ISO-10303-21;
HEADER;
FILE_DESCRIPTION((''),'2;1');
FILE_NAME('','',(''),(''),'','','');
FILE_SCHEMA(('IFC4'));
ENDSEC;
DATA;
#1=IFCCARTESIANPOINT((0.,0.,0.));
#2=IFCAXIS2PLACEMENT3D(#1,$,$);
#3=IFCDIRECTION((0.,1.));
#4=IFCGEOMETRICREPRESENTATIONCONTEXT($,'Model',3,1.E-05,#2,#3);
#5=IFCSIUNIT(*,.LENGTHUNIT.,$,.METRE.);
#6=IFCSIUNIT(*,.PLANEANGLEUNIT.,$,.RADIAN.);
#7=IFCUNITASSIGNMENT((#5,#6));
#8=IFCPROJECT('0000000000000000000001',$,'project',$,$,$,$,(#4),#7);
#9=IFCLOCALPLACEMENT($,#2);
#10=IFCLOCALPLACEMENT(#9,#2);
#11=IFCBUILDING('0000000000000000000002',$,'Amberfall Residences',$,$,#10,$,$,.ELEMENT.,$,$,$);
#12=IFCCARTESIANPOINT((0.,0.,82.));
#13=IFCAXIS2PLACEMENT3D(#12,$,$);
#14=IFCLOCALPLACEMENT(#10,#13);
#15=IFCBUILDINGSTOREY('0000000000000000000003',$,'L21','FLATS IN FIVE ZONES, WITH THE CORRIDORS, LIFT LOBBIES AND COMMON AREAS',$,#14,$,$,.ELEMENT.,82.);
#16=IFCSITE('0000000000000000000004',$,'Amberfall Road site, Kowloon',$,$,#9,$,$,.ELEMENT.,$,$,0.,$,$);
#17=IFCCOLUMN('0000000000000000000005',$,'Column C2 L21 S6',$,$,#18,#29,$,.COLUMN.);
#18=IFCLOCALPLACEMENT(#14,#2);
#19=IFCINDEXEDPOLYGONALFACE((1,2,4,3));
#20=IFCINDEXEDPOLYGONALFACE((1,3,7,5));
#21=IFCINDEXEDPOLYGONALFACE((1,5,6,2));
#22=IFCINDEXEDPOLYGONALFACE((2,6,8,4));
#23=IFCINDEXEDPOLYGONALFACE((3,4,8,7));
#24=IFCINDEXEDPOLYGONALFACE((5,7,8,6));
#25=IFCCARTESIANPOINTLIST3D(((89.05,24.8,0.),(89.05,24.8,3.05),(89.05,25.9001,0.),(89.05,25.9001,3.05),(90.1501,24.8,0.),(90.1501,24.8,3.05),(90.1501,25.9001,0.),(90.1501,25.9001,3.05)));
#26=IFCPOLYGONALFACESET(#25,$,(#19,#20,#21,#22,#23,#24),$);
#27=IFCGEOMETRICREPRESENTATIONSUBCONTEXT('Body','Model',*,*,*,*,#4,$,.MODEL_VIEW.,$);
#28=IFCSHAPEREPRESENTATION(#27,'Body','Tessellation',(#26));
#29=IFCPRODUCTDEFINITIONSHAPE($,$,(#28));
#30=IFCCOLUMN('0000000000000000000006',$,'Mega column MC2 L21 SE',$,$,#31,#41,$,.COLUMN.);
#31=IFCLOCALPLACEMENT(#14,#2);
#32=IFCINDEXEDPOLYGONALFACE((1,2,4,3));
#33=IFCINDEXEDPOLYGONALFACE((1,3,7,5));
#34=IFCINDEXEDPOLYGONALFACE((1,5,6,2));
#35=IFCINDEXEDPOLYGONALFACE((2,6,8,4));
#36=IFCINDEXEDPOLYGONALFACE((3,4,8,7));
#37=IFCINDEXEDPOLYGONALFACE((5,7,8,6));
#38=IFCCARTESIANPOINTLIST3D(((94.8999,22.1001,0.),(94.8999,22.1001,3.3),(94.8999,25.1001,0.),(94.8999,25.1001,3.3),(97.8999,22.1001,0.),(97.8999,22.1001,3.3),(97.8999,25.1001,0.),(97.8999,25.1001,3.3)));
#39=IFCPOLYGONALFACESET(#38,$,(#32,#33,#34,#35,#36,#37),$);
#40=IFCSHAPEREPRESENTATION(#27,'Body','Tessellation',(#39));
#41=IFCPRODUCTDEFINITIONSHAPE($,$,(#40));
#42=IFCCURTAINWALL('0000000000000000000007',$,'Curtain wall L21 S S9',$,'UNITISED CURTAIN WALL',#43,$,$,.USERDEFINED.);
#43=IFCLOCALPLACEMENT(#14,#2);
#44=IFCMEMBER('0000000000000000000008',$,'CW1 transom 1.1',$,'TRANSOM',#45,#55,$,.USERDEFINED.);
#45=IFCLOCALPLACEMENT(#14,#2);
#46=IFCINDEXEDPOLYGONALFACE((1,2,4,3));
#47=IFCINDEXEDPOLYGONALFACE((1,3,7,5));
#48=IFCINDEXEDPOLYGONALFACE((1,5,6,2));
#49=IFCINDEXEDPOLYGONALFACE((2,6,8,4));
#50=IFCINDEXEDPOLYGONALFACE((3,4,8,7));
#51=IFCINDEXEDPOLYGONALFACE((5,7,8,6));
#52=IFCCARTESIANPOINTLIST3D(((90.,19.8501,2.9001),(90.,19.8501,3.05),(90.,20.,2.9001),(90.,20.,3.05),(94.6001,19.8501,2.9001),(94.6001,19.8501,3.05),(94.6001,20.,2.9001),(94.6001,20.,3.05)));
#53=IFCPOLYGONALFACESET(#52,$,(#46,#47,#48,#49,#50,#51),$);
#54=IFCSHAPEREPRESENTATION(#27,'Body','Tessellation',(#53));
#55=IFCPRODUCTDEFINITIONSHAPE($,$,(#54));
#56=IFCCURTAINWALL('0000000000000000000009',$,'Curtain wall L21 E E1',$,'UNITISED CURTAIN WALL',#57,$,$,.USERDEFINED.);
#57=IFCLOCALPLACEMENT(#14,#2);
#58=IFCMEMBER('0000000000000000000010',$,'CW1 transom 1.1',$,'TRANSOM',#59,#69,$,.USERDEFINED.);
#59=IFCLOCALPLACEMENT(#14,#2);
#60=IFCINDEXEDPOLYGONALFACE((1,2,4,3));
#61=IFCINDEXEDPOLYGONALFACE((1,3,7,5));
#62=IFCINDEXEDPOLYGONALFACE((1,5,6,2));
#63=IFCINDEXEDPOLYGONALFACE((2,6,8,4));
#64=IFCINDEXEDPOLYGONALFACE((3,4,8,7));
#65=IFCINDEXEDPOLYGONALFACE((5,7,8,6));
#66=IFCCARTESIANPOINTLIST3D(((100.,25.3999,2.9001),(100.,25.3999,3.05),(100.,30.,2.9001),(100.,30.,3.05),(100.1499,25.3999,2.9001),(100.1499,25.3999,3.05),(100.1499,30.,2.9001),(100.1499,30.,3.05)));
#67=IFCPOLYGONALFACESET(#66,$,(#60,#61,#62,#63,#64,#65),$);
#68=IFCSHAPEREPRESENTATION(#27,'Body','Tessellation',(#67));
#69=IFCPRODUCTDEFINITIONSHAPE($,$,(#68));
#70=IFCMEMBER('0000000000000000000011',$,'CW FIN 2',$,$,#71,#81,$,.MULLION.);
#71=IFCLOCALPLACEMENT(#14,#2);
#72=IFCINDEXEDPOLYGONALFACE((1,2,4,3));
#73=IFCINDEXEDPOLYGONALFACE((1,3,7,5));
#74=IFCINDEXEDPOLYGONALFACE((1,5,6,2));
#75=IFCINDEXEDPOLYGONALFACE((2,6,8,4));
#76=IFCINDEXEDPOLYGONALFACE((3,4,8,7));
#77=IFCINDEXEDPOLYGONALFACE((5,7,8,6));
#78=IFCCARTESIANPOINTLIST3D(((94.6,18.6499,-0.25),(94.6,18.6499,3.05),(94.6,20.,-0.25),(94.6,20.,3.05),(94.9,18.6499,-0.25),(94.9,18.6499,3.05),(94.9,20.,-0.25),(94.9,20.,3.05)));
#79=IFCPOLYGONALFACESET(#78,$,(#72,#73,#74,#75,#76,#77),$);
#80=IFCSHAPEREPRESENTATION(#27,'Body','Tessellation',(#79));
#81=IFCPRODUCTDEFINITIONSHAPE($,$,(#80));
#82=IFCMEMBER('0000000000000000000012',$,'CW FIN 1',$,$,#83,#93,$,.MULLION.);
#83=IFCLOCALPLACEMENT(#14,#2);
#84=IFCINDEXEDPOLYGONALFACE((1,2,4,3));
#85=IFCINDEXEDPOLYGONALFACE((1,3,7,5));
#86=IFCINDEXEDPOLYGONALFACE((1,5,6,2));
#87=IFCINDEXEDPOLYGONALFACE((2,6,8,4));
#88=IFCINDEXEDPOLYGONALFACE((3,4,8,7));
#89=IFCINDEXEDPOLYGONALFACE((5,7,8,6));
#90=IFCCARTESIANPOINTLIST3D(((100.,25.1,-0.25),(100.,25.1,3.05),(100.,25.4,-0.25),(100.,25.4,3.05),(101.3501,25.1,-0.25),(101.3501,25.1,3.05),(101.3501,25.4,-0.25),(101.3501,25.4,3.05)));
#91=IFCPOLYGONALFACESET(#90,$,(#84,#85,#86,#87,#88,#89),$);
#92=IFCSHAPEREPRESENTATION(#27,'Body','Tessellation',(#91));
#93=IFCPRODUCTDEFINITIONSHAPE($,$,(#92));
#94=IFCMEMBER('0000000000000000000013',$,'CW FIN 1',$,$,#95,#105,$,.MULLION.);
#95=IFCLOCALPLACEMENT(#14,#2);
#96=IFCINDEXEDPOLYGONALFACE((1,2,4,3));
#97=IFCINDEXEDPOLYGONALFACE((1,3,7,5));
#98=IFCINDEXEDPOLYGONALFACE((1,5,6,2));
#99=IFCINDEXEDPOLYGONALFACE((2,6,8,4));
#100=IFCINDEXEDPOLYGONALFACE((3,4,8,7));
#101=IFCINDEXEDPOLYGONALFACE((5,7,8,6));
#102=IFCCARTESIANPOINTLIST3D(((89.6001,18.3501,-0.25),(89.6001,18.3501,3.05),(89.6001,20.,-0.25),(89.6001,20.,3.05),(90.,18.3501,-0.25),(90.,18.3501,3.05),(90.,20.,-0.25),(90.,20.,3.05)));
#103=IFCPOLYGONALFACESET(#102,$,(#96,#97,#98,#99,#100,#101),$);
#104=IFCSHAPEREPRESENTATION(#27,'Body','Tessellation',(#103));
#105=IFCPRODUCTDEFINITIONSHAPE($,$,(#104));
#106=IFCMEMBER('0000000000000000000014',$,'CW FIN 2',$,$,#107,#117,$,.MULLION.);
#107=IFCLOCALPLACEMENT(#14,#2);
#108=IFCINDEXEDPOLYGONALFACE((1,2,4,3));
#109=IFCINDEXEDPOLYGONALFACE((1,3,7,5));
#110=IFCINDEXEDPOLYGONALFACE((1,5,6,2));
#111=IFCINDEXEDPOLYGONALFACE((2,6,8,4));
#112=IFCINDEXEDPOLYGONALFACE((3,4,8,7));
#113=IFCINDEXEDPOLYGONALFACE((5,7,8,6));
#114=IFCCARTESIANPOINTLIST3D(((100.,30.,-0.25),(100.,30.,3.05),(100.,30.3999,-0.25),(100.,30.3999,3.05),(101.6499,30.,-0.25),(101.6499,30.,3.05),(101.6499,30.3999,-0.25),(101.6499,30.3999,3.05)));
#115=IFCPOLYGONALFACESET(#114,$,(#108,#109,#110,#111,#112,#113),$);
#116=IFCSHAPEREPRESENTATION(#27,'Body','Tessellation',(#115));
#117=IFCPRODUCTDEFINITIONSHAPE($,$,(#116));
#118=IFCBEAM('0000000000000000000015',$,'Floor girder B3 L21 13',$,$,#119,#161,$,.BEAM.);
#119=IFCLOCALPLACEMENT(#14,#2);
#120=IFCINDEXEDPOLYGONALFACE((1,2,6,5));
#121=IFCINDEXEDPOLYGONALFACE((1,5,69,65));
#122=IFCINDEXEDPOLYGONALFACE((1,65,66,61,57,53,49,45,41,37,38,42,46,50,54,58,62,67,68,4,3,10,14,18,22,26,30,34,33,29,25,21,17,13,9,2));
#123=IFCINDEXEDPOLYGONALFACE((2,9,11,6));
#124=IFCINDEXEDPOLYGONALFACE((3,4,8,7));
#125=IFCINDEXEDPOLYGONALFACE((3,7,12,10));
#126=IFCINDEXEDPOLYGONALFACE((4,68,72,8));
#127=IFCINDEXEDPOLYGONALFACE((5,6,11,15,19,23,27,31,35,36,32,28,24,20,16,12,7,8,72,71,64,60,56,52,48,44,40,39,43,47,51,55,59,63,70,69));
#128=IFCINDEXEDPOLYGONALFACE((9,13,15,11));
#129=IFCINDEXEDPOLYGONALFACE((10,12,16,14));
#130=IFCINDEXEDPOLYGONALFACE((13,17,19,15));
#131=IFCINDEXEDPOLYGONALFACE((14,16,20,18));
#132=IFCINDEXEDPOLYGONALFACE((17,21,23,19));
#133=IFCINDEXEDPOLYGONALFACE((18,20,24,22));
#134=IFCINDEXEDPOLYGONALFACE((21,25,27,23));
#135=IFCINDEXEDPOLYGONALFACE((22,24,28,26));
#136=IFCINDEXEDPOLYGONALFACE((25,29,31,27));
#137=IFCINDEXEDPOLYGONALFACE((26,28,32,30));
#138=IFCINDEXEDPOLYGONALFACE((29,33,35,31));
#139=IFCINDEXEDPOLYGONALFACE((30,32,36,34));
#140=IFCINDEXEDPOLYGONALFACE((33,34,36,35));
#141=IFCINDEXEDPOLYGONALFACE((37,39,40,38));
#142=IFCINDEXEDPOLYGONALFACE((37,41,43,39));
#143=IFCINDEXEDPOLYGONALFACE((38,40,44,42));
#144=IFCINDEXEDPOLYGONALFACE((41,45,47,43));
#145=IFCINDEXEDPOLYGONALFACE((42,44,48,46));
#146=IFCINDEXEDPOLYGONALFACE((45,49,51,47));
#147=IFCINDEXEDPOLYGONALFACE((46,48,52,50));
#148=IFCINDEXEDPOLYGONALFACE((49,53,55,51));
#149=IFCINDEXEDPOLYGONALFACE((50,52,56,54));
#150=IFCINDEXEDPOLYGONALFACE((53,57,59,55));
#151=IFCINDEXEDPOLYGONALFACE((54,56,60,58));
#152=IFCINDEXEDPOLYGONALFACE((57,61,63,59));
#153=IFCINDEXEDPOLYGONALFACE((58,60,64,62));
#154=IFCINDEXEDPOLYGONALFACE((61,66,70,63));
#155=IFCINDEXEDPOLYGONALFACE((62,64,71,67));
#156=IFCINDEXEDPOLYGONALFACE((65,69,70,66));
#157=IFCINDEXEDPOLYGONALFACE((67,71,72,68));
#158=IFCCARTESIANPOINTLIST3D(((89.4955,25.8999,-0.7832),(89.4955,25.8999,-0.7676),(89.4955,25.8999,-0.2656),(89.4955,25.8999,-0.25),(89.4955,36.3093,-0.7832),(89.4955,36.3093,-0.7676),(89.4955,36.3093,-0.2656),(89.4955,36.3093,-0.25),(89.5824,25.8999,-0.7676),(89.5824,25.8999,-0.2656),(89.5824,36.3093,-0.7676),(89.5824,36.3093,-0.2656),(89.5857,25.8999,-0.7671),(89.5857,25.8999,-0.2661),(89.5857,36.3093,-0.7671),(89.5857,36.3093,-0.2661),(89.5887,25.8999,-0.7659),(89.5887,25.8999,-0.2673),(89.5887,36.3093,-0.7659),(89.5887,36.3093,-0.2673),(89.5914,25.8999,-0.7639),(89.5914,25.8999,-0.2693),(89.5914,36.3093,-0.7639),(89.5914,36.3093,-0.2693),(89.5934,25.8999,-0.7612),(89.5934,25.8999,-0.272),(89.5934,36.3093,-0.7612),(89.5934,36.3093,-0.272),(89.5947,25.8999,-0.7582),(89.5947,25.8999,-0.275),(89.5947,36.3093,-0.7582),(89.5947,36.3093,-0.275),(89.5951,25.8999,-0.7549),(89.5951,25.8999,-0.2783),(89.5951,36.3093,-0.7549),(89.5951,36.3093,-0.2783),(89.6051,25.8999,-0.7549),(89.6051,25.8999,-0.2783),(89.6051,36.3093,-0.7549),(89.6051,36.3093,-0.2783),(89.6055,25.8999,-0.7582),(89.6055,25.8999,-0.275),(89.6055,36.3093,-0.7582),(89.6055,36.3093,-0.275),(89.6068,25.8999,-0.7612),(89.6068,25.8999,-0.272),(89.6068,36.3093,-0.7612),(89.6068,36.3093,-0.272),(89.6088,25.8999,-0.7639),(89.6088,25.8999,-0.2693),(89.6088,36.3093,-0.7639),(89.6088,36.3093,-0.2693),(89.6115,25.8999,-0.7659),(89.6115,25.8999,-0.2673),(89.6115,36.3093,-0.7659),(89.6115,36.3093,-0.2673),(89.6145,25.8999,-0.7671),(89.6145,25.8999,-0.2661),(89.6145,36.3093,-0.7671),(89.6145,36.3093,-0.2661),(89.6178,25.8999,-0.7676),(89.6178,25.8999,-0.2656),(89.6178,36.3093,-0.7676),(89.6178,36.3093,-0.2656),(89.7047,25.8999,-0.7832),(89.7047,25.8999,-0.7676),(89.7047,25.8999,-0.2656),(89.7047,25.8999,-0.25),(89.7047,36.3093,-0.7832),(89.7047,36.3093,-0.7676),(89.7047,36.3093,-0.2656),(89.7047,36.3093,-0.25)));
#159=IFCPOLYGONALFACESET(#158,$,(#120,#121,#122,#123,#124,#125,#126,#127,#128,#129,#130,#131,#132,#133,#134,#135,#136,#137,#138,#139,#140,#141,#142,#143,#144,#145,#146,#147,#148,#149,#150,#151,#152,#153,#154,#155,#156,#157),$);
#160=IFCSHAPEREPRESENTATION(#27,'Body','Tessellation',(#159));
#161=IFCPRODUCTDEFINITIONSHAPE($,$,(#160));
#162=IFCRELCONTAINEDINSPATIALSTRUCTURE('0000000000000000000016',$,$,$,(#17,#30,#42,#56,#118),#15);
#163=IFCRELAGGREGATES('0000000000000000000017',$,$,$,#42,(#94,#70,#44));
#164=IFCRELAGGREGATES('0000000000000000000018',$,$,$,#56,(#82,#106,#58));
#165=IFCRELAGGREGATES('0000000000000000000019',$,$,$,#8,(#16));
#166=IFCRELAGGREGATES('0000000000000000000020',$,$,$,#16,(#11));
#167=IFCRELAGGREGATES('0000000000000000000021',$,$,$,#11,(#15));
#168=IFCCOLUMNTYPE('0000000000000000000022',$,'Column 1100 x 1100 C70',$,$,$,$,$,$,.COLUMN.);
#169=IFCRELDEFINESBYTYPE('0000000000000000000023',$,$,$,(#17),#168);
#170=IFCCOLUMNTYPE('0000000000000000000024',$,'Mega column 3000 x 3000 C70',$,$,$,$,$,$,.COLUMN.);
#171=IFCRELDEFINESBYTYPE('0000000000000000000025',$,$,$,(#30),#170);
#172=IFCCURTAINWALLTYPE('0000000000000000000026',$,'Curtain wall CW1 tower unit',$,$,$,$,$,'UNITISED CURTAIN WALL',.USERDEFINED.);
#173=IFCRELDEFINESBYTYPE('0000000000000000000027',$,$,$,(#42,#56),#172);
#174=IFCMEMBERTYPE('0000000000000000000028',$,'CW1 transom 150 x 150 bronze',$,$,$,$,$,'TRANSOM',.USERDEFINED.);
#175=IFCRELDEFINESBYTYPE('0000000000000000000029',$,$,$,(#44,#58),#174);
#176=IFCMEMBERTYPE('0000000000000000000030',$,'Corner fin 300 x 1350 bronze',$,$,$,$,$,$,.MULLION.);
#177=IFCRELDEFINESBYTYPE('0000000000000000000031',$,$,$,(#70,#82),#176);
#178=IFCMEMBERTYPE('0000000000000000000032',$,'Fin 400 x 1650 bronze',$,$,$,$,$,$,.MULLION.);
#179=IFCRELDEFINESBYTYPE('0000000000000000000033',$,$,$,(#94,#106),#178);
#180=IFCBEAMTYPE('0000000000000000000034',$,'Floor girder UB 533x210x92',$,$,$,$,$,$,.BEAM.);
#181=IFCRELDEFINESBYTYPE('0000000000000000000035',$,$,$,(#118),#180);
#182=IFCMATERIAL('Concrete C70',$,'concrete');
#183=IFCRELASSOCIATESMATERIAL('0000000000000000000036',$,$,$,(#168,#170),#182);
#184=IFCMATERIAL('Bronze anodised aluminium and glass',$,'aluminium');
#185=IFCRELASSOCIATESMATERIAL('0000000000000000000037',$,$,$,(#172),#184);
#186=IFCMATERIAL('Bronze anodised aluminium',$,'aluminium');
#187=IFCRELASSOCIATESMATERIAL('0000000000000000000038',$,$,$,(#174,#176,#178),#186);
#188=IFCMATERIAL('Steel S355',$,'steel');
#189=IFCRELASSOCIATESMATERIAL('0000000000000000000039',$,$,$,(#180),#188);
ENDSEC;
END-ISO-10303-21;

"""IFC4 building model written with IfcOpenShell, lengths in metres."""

from ifc_helpers import new_model, si_unit, direction, frame, origin, origin_2d, place, context, subcontext, project, spatial, rectangle, i_section, extrude, material, material_profile, profile_set, type_object, element, aggregate, save


model = new_model("IFC4")

# Units and contexts
model_context = context("Model", 3, precision=1e-05, world=origin(), true_north=direction((0.0, 1.0)))
body_context = subcontext(model_context, "Body", "Model", "MODEL_VIEW")
ifc_project = project(units=[si_unit("LENGTHUNIT", "METRE"), si_unit("PLANEANGLEUNIT", "RADIAN")], contexts=[model_context])

# Site, building, storey
site_placement = place(None, origin())
site = spatial("IfcSite", under=ifc_project, at=site_placement, Name="Amberfall Road site, Kowloon", CompositionType="ELEMENT", RefElevation=0.0)
building_placement = place(site_placement, origin())
building = spatial("IfcBuilding", under=site, at=building_placement, Name="Amberfall Residences", CompositionType="ELEMENT")
storey_placement = place(building_placement, frame((0.0, 0.0, 82.0)))
storey = spatial("IfcBuildingStorey", under=building, at=storey_placement, Name="L21", Description="FLATS IN FIVE ZONES, WITH THE CORRIDORS, LIFT LOBBIES AND COMMON AREAS", CompositionType="ELEMENT", Elevation=82.0)

# Columns
ifc_material_1 = material(Name="Concrete C70", Category="concrete")
ifc_material_profile_1 = material_profile(ifc_material_1, rectangle(XDim=1.1001, YDim=1.1001, at=origin_2d()), Name="Column 1100 x 1100 C70")
ifc_profile_set_1 = profile_set([ifc_material_profile_1], Name="Concrete C70")
column_type_1 = type_object("IfcColumnType", Name="Column 1100 x 1100 C70", PredefinedType="COLUMN", material=ifc_profile_set_1)
column_1_placement = place(storey_placement, frame((89.6001, 25.3501, 0.0), z_axis=(0.0, 0.0, 1.0), x_axis=(1.0, 0.0, 0.0)))
element("IfcColumn", 1, at=column_1_placement, inside=storey, type_object=column_type_1, Name="Column C2 L21 S6", PredefinedType="COLUMN", context=body_context, shape_type="SweptSolid", body=[
    extrude(rectangle(XDim=1.1001, YDim=1.1001, at=origin_2d()), origin(), (0.0, 0.0, 1.0), 3.05),
])
ifc_material_profile_2 = material_profile(ifc_material_1, rectangle(XDim=3.0, YDim=3.0, at=origin_2d()), Name="Mega column 3000 x 3000 C70")
ifc_profile_set_2 = profile_set([ifc_material_profile_2], Name="Concrete C70")
column_type_2 = type_object("IfcColumnType", Name="Mega column 3000 x 3000 C70", PredefinedType="COLUMN", material=ifc_profile_set_2)
column_2_placement = place(storey_placement, frame((96.3999, 23.6001, 0.0), z_axis=(0.0, 0.0, 1.0), x_axis=(1.0, 0.0, 0.0)))
element("IfcColumn", 2, at=column_2_placement, inside=storey, type_object=column_type_2, Name="Mega column MC2 L21 SE", PredefinedType="COLUMN", context=body_context, shape_type="SweptSolid", body=[
    extrude(rectangle(XDim=3.0, YDim=3.0, at=origin_2d()), origin(), (0.0, 0.0, 1.0), 3.3),
])

# Curtain walls, members
ifc_material_2 = material(Name="Bronze anodised aluminium and glass", Category="aluminium")
curtain_wall_type = type_object("IfcCurtainWallType", Name="Curtain wall CW1 tower unit", ElementType="UNITISED CURTAIN WALL", PredefinedType="USERDEFINED", material=ifc_material_2)
curtain_wall_1_placement = place(storey_placement, origin())
curtain_wall_1 = element("IfcCurtainWall", 3, at=curtain_wall_1_placement, inside=storey, type_object=curtain_wall_type, Name="Curtain wall L21 S S9", ObjectType="UNITISED CURTAIN WALL", PredefinedType="USERDEFINED")
ifc_material_3 = material(Name="Bronze anodised aluminium", Category="aluminium")
ifc_material_profile_3 = material_profile(ifc_material_3, rectangle(XDim=0.1499, YDim=0.1499, at=origin_2d()), Name="CW1 transom 150 x 150 bronze")
ifc_profile_set_3 = profile_set([ifc_material_profile_3], Name="Bronze anodised aluminium")
member_type_1 = type_object("IfcMemberType", Name="CW1 transom 150 x 150 bronze", ElementType="TRANSOM", PredefinedType="USERDEFINED", material=ifc_profile_set_3)
member_1_placement = place(storey_placement, frame((90.0, 19.925, 2.9751), z_axis=(1.0, 0.0, 0.0), x_axis=(0.0, 1.0, 0.0)))
member_1 = element("IfcMember", 4, at=member_1_placement, type_object=member_type_1, Name="CW1 transom 1.1", ObjectType="TRANSOM", PredefinedType="USERDEFINED", context=body_context, shape_type="SweptSolid", body=[
    extrude(rectangle(XDim=0.1499, YDim=0.1499, at=origin_2d()), origin(), (0.0, 0.0, 1.0), 4.6001),
])
curtain_wall_2_placement = place(storey_placement, origin())
curtain_wall_2 = element("IfcCurtainWall", 5, at=curtain_wall_2_placement, inside=storey, type_object=curtain_wall_type, Name="Curtain wall L21 E E1", ObjectType="UNITISED CURTAIN WALL", PredefinedType="USERDEFINED")
member_2_placement = place(storey_placement, frame((100.075, 25.3999, 2.9751), z_axis=(0.0, 1.0, 0.0), x_axis=(-1.0, 0.0, 0.0)))
member_2 = element("IfcMember", 6, at=member_2_placement, type_object=member_type_1, Name="CW1 transom 1.1", ObjectType="TRANSOM", PredefinedType="USERDEFINED", context=body_context, shape_type="SweptSolid", body=[
    extrude(rectangle(XDim=0.1499, YDim=0.1499, at=origin_2d()), origin(), (0.0, 0.0, 1.0), 4.6001),
])

# Members
ifc_material_profile_4 = material_profile(ifc_material_3, rectangle(XDim=1.3501, YDim=0.3, at=origin_2d()), Name="Corner fin 300 x 1350 bronze")
ifc_profile_set_4 = profile_set([ifc_material_profile_4], Name="Bronze anodised aluminium")
member_type_2 = type_object("IfcMemberType", Name="Corner fin 300 x 1350 bronze", PredefinedType="MULLION", material=ifc_profile_set_4)
member_3_placement = place(storey_placement, frame((94.75, 19.325, -0.25), z_axis=(0.0, 0.0, 1.0), x_axis=(0.0, 1.0, 0.0)))
member_3 = element("IfcMember", 7, at=member_3_placement, type_object=member_type_2, Name="CW FIN 2", PredefinedType="MULLION", context=body_context, shape_type="SweptSolid", body=[
    extrude(rectangle(XDim=1.3501, YDim=0.3, at=origin_2d()), origin(), (0.0, 0.0, 1.0), 3.3),
])
member_4_placement = place(storey_placement, frame((100.675, 25.25, -0.25), z_axis=(0.0, 0.0, 1.0), x_axis=(-1.0, 0.0, 0.0)))
member_4 = element("IfcMember", 8, at=member_4_placement, type_object=member_type_2, Name="CW FIN 1", PredefinedType="MULLION", context=body_context, shape_type="SweptSolid", body=[
    extrude(rectangle(XDim=1.3501, YDim=0.3, at=origin_2d()), origin(), (0.0, 0.0, 1.0), 3.3),
])
ifc_material_profile_5 = material_profile(ifc_material_3, rectangle(XDim=1.6499, YDim=0.3999, at=origin_2d()), Name="Fin 400 x 1650 bronze")
ifc_profile_set_5 = profile_set([ifc_material_profile_5], Name="Bronze anodised aluminium")
member_type_3 = type_object("IfcMemberType", Name="Fin 400 x 1650 bronze", PredefinedType="MULLION", material=ifc_profile_set_5)
member_5_placement = place(storey_placement, frame((89.8, 19.175, -0.25), z_axis=(0.0, 0.0, 1.0), x_axis=(0.0, 1.0, 0.0)))
member_5 = element("IfcMember", 9, at=member_5_placement, type_object=member_type_3, Name="CW FIN 1", PredefinedType="MULLION", context=body_context, shape_type="SweptSolid", body=[
    extrude(rectangle(XDim=1.6499, YDim=0.3999, at=origin_2d()), origin(), (0.0, 0.0, 1.0), 3.3),
])
member_6_placement = place(storey_placement, frame((100.825, 30.2, -0.25), z_axis=(0.0, 0.0, 1.0), x_axis=(-1.0, 0.0, 0.0)))
member_6 = element("IfcMember", 10, at=member_6_placement, type_object=member_type_3, Name="CW FIN 2", PredefinedType="MULLION", context=body_context, shape_type="SweptSolid", body=[
    extrude(rectangle(XDim=1.6499, YDim=0.3999, at=origin_2d()), origin(), (0.0, 0.0, 1.0), 3.3),
])

# Beam
ifc_material_4 = material(Name="Steel S355", Category="steel")
ifc_material_profile_6 = material_profile(ifc_material_4, i_section(OverallWidth=0.2092, OverallDepth=0.5332, WebThickness=0.01, FlangeThickness=0.0156, FilletRadius=0.0127, at=origin_2d()), Name="UB 533x210x92")
ifc_profile_set_6 = profile_set([ifc_material_profile_6], Name="Steel S355")
beam_type_1 = type_object("IfcBeamType", Name="Floor girder UB 533x210x92", PredefinedType="BEAM", material=ifc_profile_set_6)
beam_1_placement = place(storey_placement, frame((89.6001, 25.8999, -0.5166), z_axis=(0.0, 1.0, 0.0), x_axis=(-1.0, 0.0, 0.0)))
element("IfcBeam", 11, at=beam_1_placement, inside=storey, type_object=beam_type_1, Name="Floor girder B3 L21 13", PredefinedType="BEAM", context=body_context, shape_type="SweptSolid", body=[
    extrude(i_section(OverallWidth=0.2092, OverallDepth=0.5332, WebThickness=0.01, FlangeThickness=0.0156, FilletRadius=0.0127, at=origin_2d()), origin(), (0.0, 0.0, 1.0), 10.4094),
])

aggregate(curtain_wall_1, [member_5, member_3, member_1])
aggregate(curtain_wall_2, [member_4, member_6, member_2])

save(model, "model.ifc")
